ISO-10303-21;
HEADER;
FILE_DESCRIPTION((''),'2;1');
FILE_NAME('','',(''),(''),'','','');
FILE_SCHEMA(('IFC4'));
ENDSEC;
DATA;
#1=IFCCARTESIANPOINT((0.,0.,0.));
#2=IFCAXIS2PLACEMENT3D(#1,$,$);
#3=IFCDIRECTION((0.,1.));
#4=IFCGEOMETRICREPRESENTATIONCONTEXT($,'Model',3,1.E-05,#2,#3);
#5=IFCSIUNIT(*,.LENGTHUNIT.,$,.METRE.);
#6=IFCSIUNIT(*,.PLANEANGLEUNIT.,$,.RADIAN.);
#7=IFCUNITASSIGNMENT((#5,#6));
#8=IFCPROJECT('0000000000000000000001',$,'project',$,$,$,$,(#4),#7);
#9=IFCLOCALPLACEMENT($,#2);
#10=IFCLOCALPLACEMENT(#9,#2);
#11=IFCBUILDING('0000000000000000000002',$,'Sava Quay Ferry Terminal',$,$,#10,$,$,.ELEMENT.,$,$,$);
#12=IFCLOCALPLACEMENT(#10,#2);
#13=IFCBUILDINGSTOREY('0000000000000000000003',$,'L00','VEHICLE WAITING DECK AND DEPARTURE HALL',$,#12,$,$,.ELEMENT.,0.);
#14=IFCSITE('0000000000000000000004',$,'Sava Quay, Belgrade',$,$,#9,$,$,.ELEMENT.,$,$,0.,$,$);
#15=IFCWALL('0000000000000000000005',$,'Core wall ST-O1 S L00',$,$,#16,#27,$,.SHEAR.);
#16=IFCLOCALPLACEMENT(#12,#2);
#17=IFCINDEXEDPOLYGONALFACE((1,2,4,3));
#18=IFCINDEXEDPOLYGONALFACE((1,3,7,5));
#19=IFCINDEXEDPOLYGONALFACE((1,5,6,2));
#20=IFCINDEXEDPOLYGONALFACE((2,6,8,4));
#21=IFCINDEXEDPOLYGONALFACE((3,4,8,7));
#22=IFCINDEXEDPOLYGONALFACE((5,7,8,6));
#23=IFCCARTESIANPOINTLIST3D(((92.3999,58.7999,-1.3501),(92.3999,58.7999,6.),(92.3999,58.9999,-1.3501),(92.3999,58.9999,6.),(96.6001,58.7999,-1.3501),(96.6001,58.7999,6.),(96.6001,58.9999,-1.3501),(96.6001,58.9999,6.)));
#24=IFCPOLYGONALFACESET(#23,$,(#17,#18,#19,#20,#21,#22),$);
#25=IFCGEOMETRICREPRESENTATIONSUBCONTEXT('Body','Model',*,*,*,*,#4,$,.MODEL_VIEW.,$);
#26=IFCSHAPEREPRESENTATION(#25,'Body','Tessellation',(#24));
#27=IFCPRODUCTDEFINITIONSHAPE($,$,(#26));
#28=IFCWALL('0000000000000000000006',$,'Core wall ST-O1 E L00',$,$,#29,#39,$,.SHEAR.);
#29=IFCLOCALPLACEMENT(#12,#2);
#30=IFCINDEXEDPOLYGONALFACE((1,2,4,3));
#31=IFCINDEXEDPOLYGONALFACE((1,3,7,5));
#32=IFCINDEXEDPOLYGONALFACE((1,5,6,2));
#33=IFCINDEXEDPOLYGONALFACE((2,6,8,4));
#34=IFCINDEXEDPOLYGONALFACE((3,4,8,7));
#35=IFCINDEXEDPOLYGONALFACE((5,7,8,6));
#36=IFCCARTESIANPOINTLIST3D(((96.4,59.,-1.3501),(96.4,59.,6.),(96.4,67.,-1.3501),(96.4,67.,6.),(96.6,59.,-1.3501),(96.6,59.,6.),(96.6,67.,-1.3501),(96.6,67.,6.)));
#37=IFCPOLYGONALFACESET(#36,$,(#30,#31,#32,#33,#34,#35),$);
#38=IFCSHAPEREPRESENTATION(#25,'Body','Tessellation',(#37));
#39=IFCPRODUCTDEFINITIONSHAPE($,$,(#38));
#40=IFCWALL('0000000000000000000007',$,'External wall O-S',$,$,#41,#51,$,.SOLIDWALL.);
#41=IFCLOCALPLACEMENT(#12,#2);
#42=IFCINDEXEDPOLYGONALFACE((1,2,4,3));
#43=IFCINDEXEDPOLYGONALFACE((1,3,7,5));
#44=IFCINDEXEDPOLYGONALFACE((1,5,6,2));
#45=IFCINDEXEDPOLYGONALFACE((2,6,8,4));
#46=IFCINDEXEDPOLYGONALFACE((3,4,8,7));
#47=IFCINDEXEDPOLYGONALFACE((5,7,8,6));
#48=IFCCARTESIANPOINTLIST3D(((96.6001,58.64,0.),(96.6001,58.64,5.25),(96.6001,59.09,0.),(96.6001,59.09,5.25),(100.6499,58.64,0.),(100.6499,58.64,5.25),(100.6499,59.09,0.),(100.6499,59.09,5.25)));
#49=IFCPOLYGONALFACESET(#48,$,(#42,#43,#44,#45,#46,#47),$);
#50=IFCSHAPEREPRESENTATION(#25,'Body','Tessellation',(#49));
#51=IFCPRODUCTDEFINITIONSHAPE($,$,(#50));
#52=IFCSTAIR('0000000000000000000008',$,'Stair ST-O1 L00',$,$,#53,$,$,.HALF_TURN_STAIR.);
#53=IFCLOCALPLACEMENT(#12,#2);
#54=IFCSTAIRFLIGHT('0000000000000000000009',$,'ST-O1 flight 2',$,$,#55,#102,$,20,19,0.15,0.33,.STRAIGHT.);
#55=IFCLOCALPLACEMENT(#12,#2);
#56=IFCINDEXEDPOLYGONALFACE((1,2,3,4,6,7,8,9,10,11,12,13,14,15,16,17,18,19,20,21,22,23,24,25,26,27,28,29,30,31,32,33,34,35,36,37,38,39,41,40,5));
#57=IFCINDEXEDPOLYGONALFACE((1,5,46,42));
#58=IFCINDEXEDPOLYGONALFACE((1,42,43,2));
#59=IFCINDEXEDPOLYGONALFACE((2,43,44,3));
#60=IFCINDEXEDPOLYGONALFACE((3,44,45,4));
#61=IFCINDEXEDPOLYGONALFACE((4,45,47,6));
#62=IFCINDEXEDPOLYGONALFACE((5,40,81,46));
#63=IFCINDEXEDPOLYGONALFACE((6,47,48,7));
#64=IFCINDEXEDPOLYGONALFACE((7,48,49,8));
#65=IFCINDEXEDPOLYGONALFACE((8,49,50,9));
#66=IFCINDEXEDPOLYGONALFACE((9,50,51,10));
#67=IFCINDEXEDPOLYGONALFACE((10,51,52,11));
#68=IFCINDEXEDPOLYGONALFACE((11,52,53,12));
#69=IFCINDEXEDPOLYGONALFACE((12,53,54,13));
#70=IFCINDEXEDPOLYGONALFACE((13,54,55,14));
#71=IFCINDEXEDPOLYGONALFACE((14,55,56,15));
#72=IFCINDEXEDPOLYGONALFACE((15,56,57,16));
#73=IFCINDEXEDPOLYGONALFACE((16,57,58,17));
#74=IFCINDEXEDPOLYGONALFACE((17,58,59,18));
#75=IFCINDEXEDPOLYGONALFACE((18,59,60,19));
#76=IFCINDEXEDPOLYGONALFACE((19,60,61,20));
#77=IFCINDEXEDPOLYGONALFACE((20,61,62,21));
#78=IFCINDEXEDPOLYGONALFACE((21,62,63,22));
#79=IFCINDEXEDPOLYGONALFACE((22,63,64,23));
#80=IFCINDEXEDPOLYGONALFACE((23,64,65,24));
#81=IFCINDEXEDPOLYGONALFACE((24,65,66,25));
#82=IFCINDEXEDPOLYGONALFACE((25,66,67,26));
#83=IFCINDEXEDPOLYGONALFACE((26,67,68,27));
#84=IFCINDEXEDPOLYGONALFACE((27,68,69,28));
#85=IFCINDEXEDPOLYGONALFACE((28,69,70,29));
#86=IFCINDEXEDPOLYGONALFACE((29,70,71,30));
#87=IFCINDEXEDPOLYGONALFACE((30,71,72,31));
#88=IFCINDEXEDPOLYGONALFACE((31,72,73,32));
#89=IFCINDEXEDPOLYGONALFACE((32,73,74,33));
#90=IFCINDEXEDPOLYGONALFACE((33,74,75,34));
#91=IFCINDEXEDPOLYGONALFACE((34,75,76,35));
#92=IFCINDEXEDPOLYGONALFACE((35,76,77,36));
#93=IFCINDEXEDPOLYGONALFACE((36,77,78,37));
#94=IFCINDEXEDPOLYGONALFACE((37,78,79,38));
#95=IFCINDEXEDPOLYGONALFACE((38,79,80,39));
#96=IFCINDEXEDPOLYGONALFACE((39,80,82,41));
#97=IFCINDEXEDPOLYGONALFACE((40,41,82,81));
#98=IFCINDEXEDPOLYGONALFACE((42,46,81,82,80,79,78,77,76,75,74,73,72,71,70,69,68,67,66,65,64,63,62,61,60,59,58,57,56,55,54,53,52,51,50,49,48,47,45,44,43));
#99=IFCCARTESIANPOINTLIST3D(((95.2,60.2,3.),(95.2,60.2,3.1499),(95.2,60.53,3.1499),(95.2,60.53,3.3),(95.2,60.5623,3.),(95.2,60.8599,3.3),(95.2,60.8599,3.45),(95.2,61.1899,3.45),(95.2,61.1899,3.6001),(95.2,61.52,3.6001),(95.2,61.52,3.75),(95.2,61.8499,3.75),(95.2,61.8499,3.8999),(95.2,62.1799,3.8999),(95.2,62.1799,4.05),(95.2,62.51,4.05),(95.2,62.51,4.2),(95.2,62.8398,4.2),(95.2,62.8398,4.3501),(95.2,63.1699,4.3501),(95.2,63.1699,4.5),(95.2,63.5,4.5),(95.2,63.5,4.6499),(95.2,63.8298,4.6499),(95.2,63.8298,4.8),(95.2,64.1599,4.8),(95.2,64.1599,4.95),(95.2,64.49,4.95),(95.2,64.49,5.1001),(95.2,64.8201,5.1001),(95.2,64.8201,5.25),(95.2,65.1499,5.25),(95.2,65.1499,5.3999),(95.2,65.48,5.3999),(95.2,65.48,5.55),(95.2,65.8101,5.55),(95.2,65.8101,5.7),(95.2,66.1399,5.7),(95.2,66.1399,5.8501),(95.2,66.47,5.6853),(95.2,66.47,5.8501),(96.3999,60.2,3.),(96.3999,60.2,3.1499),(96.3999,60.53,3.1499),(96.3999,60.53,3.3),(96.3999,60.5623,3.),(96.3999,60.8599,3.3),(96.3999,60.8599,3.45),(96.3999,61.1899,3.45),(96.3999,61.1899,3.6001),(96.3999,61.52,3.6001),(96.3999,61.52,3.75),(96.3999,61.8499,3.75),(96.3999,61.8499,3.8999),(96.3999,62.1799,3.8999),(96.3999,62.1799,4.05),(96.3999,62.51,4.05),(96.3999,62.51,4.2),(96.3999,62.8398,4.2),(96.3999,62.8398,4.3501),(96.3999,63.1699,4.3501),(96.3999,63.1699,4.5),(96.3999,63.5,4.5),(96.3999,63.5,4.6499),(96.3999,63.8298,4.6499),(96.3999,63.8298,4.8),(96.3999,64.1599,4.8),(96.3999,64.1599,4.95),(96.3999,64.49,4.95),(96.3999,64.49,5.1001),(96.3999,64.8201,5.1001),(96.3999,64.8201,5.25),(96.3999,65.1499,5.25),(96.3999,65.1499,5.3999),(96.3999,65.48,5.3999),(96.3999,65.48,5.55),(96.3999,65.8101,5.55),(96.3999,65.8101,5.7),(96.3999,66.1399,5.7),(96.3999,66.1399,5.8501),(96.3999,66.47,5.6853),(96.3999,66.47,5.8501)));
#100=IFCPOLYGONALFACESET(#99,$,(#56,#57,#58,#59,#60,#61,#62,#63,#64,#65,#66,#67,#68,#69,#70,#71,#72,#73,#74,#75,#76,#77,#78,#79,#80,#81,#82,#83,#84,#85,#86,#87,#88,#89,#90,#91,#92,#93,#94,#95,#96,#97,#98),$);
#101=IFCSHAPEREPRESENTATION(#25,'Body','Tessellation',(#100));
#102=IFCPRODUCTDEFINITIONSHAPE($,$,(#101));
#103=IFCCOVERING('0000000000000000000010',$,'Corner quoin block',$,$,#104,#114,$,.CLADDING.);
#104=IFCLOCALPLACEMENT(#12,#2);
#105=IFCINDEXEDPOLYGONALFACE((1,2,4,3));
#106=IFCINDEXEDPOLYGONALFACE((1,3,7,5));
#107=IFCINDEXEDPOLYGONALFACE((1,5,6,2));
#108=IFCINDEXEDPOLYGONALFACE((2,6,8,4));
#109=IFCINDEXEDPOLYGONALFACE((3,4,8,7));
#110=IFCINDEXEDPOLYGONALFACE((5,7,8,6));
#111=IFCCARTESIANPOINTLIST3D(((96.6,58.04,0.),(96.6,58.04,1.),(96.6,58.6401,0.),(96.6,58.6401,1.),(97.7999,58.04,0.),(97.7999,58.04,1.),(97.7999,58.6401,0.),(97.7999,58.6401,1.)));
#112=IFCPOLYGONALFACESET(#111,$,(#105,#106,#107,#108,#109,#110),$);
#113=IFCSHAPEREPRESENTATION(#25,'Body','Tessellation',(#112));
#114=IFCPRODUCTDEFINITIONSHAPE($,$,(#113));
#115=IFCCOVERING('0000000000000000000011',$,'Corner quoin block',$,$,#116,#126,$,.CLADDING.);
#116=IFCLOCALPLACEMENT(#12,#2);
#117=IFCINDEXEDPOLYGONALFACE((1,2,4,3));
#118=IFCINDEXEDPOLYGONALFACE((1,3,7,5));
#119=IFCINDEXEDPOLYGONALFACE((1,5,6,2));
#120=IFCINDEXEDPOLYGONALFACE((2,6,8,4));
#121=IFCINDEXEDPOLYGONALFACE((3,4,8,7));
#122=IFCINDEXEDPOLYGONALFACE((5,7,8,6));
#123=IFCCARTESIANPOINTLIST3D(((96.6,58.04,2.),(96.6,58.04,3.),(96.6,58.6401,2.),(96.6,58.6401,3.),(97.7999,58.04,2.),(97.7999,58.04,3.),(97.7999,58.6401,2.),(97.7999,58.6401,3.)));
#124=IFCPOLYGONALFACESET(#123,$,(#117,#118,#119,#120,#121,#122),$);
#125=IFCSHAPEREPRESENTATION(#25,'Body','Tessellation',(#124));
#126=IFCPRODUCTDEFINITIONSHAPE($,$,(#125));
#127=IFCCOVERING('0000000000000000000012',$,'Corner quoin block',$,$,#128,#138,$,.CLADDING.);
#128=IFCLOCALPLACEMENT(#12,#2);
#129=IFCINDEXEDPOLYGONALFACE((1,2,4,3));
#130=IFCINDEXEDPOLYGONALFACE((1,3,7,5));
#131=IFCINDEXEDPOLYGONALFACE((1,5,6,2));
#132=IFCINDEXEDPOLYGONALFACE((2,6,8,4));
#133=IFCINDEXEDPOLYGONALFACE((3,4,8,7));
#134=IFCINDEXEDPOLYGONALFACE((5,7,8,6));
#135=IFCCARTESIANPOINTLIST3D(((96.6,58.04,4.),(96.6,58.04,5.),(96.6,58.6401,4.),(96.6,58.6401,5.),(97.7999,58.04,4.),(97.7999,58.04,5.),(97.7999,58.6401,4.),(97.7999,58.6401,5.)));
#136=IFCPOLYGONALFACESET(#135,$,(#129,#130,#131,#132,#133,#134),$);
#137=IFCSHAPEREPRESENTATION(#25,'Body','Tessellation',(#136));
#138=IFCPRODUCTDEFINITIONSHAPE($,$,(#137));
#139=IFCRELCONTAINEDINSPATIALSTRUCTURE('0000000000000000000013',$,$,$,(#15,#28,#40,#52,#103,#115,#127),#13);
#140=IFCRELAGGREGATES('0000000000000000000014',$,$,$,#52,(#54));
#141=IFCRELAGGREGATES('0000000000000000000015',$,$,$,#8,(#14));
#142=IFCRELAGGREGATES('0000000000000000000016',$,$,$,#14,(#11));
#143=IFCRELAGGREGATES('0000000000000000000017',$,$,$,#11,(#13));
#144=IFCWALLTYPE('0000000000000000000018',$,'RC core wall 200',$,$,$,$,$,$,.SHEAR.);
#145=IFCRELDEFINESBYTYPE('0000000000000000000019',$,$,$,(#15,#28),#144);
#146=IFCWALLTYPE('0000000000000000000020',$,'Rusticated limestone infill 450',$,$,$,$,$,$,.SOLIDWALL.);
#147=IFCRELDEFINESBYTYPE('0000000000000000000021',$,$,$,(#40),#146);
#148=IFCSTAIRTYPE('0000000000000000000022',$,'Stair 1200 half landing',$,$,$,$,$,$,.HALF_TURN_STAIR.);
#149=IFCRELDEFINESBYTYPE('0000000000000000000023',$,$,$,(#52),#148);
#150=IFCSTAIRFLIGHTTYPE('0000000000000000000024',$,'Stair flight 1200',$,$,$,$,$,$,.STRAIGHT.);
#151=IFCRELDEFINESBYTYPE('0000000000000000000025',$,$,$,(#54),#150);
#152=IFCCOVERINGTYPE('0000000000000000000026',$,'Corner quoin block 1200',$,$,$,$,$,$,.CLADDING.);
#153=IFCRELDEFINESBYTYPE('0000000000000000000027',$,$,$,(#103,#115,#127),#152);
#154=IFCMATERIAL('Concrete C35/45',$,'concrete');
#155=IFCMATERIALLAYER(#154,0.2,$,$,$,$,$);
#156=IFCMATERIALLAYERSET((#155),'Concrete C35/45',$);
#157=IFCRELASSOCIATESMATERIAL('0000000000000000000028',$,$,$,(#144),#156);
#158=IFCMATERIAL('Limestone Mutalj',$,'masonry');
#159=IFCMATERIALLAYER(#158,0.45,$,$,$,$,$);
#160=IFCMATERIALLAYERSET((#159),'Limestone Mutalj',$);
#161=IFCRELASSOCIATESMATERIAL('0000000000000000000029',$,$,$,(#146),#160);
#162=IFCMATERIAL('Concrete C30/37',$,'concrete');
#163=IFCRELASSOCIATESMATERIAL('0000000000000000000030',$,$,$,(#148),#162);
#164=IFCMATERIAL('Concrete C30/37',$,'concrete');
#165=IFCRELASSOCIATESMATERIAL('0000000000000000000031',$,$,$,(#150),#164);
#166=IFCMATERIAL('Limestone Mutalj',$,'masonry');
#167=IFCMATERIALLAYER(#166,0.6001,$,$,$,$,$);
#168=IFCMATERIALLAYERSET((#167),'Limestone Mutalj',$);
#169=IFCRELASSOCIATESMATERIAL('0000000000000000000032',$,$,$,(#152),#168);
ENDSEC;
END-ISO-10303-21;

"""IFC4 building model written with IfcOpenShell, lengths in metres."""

from ifc_helpers import new_model, si_unit, direction, frame, frame_2d, origin, origin_2d, place, context, subcontext, project, spatial, polyline, rectangle, outline, extrude, material, layer, layer_set, type_object, element, aggregate, save


model = new_model("IFC4")

# Units and contexts
model_context = context("Model", 3, precision=1e-05, world=origin(), true_north=direction((0.0, 1.0)))
body_context = subcontext(model_context, "Body", "Model", "MODEL_VIEW")
ifc_project = project(units=[si_unit("LENGTHUNIT", "METRE"), si_unit("PLANEANGLEUNIT", "RADIAN")], contexts=[model_context])

# Site, building, storey
site_placement = place(None, origin())
site = spatial("IfcSite", under=ifc_project, at=site_placement, Name="Sava Quay, Belgrade", CompositionType="ELEMENT", RefElevation=0.0)
building_placement = place(site_placement, origin())
building = spatial("IfcBuilding", under=site, at=building_placement, Name="Sava Quay Ferry Terminal", CompositionType="ELEMENT")
storey_placement = place(building_placement, origin())
storey = spatial("IfcBuildingStorey", under=building, at=storey_placement, Name="L00", Description="VEHICLE WAITING DECK AND DEPARTURE HALL", CompositionType="ELEMENT", Elevation=0.0)

# Wall
ifc_material_1 = material(Name="Concrete C35/45", Category="concrete")
ifc_layer_1 = layer(ifc_material_1, 0.2)
ifc_layer_set_1 = layer_set([ifc_layer_1], Name="Concrete C35/45")
wall_type_1 = type_object("IfcWallType", Name="RC core wall 200", PredefinedType="SHEAR", material=ifc_layer_set_1)
wall_1_placement = place(storey_placement, frame((92.3999, 58.8999, -1.3501), z_axis=(0.0, 0.0, 1.0), x_axis=(1.0, 0.0, 0.0)))
element("IfcWall", 1, at=wall_1_placement, inside=storey, type_object=wall_type_1, Name="Core wall ST-O1 S L00", PredefinedType="SHEAR", context=body_context, shape_type="SweptSolid", body=[
    extrude(rectangle(XDim=4.2002, YDim=0.2, at=frame_2d((2.1001, 0.0))), origin(), (0.0, 0.0, 1.0), 7.3501),
])

# Walls
wall_2_placement = place(storey_placement, frame((96.5, 59.0, -1.3501), z_axis=(0.0, 0.0, 1.0), x_axis=(0.0, 1.0, 0.0)))
element("IfcWall", 2, at=wall_2_placement, inside=storey, type_object=wall_type_1, Name="Core wall ST-O1 E L00", PredefinedType="SHEAR", context=body_context, shape_type="SweptSolid", body=[
    extrude(rectangle(XDim=8.0, YDim=0.2, at=frame_2d((4.0, 0.0))), origin(), (0.0, 0.0, 1.0), 7.3501),
])
ifc_material_2 = material(Name="Limestone Mutalj", Category="masonry")
ifc_layer_2 = layer(ifc_material_2, 0.45)
ifc_layer_set_2 = layer_set([ifc_layer_2], Name="Limestone Mutalj")
wall_type_2 = type_object("IfcWallType", Name="Rusticated limestone infill 450", PredefinedType="SOLIDWALL", material=ifc_layer_set_2)
wall_3_placement = place(storey_placement, frame((96.6001, 58.865, 0.0), z_axis=(0.0, 0.0, 1.0), x_axis=(1.0, 0.0, 0.0)))
element("IfcWall", 3, at=wall_3_placement, inside=storey, type_object=wall_type_2, Name="External wall O-S", PredefinedType="SOLIDWALL", context=body_context, shape_type="SweptSolid", body=[
    extrude(rectangle(XDim=4.0498, YDim=0.45, at=frame_2d((2.0249, 0.0))), origin(), (0.0, 0.0, 1.0), 5.25),
])

# Stair, stair flight
ifc_material_3 = material(Name="Concrete C30/37", Category="concrete")
stair_type = type_object("IfcStairType", Name="Stair 1200 half landing", PredefinedType="HALF_TURN_STAIR", material=ifc_material_3)
stair_placement = place(storey_placement, origin())
stair = element("IfcStair", 4, at=stair_placement, inside=storey, type_object=stair_type, Name="Stair ST-O1 L00", PredefinedType="HALF_TURN_STAIR")
ifc_material_4 = material(Name="Concrete C30/37", Category="concrete")
stair_flight_type = type_object("IfcStairFlightType", Name="Stair flight 1200", PredefinedType="STRAIGHT", material=ifc_material_4)
stair_flight_placement = place(storey_placement, frame((95.8, 60.2, 3.0), z_axis=(0.0, 0.0, 1.0), x_axis=(0.0, 1.0, 0.0)))
stair_flight = element("IfcStairFlight", 5, at=stair_flight_placement, type_object=stair_flight_type, Name="ST-O1 flight 2", NumberOfRisers=20, NumberOfTreads=19, PredefinedType="STRAIGHT", RiserHeight=0.15, TreadLength=0.33, context=body_context, shape_type="SweptSolid", body=[
    extrude(outline(polyline([(0.0, 0.0), (0.0, 0.1499), (0.3301, 0.1499), (0.3301, 0.3), (0.6599, 0.3), (0.6599, 0.45), (0.99, 0.45), (0.99, 0.6001), (1.3201, 0.6001), (1.3201, 0.75), (1.6499, 0.75), (1.6499, 0.8999), (1.98, 0.8999), (1.98, 1.05), (2.3101, 1.05), (2.3101, 1.2), (2.6399, 1.2), (2.6399, 1.3501), (2.97, 1.3501), (2.97, 1.5), (3.3, 1.5), (3.3, 1.6499), (3.6299, 1.6499), (3.6299, 1.8), (3.96, 1.8), (3.96, 1.95), (4.29, 1.95), (4.29, 2.1001), (4.6201, 2.1001), (4.6201, 2.25), (4.95, 2.25), (4.95, 2.3999), (5.28, 2.3999), (5.28, 2.55), (5.6101, 2.55), (5.6101, 2.7), (5.9399, 2.7), (5.9399, 2.8501), (6.27, 2.8501), (6.27, 3.0), (6.27, 2.6853), (0.3623, 0.0), (0.0, 0.0)])), frame((0.0, 0.6001, 0.0), z_axis=(0.0, -1.0, 0.0), x_axis=(1.0, 0.0, 0.0)), (0.0, 0.0, 1.0), 1.2),
])
aggregate(stair, [stair_flight])

# Coverings
ifc_material_5 = material(Name="Limestone Mutalj", Category="masonry")
ifc_layer_3 = layer(ifc_material_5, 0.6001)
ifc_layer_set_3 = layer_set([ifc_layer_3], Name="Limestone Mutalj")
covering_type_1 = type_object("IfcCoveringType", Name="Corner quoin block 1200", PredefinedType="CLADDING", material=ifc_layer_set_3)
for number, where, z_axis, x_axis, name in (
    (6, (97.2, 58.3401, 0.0), (0.0, 0.0, 1.0), (1.0, 0.0, 0.0), "Corner quoin block"),
    (7, (97.2, 58.3401, 2.0), (0.0, 0.0, 1.0), (1.0, 0.0, 0.0), "Corner quoin block"),
    (8, (97.2, 58.3401, 4.0), (0.0, 0.0, 1.0), (1.0, 0.0, 0.0), "Corner quoin block"),
):
    element("IfcCovering", number, at=place(storey_placement, frame(where, z_axis=z_axis, x_axis=x_axis)), inside=storey, type_object=covering_type_1, Name=name, PredefinedType="CLADDING", context=body_context, shape_type="SweptSolid", body=[
        extrude(rectangle(XDim=1.2, YDim=0.6001, at=origin_2d()), origin(), (0.0, 0.0, 1.0), 1.0),
    ])

save(model, "model.ifc")
